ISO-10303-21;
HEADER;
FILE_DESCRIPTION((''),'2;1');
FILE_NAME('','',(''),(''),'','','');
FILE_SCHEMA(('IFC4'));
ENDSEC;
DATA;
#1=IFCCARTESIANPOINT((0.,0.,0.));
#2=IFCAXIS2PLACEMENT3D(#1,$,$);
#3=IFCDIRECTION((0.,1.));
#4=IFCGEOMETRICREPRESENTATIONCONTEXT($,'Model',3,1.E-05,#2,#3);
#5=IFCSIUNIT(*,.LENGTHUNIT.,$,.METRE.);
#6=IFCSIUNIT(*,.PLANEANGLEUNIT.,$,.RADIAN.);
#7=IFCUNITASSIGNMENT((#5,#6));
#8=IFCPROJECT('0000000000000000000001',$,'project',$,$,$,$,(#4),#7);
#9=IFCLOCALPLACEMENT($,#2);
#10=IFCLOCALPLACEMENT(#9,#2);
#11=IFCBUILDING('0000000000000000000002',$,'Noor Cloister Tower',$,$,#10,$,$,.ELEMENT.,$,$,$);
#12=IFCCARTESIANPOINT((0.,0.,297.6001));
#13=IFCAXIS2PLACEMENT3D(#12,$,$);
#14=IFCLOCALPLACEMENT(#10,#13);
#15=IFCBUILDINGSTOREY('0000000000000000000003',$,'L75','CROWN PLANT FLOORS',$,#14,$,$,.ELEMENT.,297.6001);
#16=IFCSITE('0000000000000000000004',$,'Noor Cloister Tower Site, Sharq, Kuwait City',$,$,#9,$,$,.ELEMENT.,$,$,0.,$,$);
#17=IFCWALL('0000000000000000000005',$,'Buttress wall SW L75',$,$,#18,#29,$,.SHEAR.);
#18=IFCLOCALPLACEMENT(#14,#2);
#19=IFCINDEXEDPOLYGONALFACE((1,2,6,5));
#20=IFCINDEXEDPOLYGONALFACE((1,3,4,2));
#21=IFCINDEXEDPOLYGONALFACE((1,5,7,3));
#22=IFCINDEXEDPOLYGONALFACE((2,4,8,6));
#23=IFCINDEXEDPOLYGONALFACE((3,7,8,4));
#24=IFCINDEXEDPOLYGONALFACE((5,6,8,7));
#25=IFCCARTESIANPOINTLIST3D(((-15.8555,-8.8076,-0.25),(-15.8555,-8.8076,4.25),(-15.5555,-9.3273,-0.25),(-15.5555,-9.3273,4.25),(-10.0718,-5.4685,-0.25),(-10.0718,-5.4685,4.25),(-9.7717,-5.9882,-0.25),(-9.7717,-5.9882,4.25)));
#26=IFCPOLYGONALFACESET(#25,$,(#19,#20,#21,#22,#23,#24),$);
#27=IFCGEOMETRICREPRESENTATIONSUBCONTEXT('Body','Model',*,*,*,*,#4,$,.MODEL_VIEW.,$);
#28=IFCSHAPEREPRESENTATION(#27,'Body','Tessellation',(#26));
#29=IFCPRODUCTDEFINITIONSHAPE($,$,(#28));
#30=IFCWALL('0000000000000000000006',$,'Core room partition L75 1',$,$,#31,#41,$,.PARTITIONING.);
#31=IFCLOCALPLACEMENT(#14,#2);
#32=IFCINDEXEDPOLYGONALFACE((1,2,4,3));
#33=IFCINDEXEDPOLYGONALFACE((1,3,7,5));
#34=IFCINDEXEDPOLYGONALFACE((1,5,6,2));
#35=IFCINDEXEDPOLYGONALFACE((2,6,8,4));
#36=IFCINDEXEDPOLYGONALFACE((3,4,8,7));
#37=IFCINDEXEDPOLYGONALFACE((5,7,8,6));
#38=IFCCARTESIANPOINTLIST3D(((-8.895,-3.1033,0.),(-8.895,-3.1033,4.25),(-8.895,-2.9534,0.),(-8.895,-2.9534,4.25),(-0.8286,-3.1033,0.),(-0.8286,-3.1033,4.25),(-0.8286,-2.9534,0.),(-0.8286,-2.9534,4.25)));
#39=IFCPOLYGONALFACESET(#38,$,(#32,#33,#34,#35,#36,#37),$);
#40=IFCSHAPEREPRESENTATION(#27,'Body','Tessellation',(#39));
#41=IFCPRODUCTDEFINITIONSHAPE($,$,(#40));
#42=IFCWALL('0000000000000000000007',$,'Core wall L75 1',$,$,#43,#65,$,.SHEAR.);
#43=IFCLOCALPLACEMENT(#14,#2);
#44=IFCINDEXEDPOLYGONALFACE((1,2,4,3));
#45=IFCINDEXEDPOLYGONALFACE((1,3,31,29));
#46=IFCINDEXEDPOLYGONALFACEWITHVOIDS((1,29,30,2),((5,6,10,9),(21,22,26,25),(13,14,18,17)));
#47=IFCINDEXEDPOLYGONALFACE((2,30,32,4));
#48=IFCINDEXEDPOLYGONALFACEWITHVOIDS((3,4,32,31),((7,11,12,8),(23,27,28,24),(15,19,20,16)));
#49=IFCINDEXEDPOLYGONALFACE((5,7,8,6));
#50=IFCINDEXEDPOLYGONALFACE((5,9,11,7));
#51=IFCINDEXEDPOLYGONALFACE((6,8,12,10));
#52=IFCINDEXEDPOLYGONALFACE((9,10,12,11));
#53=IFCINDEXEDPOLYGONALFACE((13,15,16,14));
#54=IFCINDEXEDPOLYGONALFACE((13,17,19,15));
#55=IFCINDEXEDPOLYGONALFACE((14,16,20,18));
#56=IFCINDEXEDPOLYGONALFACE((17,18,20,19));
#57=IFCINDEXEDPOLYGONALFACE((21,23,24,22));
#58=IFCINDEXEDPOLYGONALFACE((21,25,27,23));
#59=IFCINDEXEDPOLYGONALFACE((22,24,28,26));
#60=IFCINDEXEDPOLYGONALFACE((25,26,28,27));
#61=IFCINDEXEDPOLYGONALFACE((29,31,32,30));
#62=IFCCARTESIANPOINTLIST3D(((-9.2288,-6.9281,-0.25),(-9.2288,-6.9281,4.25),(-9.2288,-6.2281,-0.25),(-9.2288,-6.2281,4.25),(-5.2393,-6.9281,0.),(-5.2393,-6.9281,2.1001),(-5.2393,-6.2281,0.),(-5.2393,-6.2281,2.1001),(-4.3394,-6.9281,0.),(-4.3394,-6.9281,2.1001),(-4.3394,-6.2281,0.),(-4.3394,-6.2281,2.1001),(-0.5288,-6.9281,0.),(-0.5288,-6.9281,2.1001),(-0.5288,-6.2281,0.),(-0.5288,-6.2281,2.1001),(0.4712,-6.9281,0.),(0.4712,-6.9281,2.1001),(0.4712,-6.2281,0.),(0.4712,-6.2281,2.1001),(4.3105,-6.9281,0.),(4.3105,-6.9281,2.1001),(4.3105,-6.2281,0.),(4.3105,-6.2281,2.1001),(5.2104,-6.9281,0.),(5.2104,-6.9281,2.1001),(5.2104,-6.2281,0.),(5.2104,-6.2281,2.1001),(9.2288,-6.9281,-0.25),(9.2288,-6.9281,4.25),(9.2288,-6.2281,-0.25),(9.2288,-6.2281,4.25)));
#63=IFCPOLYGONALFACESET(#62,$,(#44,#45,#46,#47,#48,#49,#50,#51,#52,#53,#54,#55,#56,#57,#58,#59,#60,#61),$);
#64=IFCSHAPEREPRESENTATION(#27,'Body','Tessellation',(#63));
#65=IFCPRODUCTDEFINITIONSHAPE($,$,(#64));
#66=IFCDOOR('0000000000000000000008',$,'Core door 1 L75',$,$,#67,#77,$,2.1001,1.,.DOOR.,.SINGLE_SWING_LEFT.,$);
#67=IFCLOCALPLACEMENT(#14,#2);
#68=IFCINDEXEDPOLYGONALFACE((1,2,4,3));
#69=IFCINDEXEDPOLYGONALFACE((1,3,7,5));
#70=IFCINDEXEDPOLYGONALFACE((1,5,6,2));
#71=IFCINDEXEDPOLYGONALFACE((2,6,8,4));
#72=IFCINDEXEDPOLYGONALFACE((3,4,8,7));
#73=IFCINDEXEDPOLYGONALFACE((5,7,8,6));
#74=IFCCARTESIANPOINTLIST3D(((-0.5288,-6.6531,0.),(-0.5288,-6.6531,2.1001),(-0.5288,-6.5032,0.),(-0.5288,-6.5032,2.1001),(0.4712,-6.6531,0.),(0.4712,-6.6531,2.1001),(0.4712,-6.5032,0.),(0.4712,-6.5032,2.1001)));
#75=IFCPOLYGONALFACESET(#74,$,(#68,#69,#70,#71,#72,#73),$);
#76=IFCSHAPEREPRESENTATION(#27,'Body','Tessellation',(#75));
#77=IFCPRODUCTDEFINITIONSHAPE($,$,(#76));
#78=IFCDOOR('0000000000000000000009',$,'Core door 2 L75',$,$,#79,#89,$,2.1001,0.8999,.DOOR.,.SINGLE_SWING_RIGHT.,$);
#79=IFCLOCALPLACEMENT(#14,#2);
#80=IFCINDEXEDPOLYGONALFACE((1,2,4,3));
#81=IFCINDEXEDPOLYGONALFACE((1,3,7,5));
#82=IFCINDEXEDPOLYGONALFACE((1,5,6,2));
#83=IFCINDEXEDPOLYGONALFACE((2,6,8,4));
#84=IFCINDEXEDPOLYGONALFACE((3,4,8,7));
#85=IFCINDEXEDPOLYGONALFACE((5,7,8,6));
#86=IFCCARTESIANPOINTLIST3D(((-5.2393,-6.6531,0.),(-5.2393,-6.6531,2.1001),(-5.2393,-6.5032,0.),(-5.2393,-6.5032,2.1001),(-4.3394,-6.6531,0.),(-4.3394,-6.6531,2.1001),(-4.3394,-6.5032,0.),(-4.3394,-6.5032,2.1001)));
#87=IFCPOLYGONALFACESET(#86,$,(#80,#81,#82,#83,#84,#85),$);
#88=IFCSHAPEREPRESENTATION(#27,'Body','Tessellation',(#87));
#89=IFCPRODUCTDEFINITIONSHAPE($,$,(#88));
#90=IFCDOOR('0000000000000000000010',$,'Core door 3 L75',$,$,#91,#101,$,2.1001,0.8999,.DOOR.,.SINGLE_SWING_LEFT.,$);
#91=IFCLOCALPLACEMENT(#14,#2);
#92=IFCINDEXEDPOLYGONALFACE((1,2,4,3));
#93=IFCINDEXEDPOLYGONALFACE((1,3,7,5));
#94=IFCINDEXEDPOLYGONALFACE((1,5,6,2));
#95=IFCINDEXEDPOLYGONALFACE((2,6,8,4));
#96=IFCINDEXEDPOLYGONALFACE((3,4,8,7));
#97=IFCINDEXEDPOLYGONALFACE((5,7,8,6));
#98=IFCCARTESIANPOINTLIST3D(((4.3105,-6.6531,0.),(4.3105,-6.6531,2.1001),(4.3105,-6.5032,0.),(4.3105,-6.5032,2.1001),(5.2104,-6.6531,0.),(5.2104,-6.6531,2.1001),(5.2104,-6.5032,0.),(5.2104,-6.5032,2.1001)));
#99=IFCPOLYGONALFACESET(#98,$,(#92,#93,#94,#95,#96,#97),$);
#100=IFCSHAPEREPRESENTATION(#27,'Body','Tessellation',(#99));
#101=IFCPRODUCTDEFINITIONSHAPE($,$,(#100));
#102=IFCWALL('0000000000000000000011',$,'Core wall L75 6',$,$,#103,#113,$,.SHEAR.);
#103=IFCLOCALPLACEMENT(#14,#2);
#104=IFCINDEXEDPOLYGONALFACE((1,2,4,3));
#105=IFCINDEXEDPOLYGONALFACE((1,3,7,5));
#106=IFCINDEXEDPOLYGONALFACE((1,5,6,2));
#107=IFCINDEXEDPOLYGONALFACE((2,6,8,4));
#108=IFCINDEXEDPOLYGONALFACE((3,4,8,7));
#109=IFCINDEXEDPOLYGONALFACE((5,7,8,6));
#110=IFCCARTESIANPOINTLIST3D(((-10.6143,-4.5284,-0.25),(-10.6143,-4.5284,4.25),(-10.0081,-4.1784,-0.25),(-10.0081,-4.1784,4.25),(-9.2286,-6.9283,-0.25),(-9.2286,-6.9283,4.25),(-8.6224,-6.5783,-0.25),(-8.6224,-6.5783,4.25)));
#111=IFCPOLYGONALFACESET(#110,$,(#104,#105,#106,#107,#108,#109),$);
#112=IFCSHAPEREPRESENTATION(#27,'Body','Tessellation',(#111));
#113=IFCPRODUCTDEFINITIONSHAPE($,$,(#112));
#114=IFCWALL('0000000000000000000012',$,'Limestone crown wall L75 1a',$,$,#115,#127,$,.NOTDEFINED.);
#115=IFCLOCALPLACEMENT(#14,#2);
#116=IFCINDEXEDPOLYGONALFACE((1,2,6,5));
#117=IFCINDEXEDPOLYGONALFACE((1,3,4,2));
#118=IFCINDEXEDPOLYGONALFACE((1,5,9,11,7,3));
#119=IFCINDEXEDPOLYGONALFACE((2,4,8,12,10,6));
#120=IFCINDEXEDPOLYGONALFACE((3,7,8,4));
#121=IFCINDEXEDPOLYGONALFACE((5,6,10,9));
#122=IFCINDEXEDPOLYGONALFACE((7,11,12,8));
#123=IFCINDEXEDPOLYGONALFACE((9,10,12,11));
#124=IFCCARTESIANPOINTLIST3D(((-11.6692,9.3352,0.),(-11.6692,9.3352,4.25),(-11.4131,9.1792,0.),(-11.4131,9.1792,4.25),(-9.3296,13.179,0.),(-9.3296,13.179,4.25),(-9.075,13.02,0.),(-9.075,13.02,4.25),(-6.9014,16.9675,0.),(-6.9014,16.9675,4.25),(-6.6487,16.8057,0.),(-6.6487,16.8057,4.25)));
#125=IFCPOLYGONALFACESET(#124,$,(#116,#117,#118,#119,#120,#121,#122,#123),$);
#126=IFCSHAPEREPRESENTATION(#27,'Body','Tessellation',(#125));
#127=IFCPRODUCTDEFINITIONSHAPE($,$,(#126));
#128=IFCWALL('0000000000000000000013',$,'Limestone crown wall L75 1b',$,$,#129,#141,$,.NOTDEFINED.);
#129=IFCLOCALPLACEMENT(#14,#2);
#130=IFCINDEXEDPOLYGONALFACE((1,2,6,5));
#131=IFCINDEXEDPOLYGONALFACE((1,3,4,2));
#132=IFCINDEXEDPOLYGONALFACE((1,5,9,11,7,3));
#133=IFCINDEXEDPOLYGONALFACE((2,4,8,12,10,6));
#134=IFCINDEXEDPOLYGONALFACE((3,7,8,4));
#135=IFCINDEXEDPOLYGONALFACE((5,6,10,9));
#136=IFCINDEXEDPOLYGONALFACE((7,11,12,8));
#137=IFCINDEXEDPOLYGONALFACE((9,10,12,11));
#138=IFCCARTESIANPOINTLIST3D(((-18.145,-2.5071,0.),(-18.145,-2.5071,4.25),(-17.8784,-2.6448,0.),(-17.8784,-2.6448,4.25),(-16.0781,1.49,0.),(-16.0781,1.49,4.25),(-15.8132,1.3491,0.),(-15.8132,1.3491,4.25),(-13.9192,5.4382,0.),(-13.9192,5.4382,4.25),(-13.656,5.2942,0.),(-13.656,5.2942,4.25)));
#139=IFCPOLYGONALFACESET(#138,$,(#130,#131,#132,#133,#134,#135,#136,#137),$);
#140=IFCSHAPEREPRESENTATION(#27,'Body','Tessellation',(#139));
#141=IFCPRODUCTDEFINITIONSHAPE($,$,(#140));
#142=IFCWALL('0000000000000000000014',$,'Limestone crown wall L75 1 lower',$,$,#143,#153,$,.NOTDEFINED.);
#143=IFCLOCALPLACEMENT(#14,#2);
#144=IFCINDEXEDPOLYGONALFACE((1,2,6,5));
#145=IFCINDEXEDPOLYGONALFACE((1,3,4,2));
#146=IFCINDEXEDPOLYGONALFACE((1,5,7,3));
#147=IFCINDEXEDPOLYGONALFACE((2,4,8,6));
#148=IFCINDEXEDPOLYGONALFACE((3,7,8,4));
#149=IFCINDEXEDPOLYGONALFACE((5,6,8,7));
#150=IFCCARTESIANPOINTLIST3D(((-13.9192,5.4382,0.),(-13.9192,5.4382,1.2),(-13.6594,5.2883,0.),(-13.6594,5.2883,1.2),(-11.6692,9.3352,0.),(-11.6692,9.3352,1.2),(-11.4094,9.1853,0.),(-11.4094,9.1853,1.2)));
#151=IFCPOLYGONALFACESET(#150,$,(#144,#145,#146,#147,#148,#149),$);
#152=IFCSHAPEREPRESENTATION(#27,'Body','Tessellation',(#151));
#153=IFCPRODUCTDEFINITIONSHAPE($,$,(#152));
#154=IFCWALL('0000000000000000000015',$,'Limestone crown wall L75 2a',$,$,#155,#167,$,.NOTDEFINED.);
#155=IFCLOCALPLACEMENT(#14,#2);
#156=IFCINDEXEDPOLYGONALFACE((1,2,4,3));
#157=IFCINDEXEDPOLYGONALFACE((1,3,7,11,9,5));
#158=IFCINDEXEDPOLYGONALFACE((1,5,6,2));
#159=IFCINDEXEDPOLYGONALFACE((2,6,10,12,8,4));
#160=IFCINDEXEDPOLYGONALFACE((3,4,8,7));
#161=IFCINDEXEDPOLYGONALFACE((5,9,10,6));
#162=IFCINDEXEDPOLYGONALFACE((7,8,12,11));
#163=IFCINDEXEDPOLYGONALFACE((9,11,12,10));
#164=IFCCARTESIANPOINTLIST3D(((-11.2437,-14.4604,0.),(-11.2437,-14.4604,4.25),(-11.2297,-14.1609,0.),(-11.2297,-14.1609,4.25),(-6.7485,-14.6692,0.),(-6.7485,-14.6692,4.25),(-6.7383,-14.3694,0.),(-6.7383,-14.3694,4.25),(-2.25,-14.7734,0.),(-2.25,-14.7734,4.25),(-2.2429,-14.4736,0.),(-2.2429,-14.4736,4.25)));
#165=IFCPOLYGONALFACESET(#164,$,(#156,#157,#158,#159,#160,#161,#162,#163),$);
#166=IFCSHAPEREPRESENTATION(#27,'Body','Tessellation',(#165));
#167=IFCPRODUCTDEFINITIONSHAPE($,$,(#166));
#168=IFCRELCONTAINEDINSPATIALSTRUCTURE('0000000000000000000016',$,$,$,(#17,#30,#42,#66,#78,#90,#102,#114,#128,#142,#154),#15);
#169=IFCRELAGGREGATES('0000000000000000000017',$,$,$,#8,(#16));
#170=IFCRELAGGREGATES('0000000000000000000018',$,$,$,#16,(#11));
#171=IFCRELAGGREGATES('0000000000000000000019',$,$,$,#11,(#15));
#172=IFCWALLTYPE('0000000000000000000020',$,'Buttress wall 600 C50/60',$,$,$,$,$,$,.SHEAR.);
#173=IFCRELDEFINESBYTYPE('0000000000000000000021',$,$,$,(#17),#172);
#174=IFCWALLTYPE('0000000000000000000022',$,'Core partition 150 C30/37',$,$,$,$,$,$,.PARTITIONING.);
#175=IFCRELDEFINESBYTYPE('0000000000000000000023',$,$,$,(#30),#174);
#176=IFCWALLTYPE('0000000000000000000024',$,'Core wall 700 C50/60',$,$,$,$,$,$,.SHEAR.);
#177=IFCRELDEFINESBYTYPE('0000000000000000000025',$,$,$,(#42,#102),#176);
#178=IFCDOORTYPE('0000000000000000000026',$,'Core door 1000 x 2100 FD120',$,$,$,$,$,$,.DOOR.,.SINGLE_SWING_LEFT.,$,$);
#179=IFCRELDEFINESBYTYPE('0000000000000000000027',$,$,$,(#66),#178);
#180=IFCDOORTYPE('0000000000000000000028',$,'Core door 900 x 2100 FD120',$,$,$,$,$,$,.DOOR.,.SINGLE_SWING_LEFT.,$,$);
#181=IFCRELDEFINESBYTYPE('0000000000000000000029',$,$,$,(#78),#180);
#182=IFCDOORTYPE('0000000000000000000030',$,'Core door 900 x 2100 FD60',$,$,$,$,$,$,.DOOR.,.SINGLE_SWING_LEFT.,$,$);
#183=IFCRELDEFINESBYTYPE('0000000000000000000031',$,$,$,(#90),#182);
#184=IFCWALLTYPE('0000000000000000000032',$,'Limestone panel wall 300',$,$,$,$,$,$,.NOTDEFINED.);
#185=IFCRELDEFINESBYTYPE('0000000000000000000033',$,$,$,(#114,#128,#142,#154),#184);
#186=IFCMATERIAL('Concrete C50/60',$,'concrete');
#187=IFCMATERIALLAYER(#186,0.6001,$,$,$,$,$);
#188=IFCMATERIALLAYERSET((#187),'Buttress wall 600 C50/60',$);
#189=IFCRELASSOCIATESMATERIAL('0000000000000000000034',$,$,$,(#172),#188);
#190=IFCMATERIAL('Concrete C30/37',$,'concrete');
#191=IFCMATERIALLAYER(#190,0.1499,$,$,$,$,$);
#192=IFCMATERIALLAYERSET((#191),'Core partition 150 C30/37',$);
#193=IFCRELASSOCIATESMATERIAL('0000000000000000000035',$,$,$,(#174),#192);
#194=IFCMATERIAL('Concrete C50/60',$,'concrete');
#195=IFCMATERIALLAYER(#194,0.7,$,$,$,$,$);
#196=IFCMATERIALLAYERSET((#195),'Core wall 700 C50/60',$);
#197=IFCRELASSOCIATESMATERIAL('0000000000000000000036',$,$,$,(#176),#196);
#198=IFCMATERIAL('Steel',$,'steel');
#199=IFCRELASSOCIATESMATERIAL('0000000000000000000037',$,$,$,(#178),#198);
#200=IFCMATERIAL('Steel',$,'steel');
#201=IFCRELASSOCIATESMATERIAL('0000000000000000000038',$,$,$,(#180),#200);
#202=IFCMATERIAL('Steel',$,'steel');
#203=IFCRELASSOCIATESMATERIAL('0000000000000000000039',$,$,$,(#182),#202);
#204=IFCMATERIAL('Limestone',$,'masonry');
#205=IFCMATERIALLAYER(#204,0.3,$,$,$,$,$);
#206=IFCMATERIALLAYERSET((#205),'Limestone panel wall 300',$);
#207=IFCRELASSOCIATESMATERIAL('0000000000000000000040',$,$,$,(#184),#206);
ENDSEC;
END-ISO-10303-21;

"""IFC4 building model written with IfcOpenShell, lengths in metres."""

from ifc_helpers import new_model, si_unit, direction, frame, frame_2d, origin, place, context, subcontext, project, spatial, polyline, rectangle, outline, extrude, material, layer, layer_set, type_object, element, fill, save


model = new_model("IFC4")

# Units and contexts
model_context = context("Model", 3, precision=1e-05, world=origin(), true_north=direction((0.0, 1.0)))
body_context = subcontext(model_context, "Body", "Model", "MODEL_VIEW")
ifc_project = project(units=[si_unit("LENGTHUNIT", "METRE"), si_unit("PLANEANGLEUNIT", "RADIAN")], contexts=[model_context])

# Site, building, storey
site_placement = place(None, origin())
site = spatial("IfcSite", under=ifc_project, at=site_placement, Name="Noor Cloister Tower Site, Sharq, Kuwait City", CompositionType="ELEMENT", RefElevation=0.0)
building_placement = place(site_placement, origin())
building = spatial("IfcBuilding", under=site, at=building_placement, Name="Noor Cloister Tower", CompositionType="ELEMENT")
storey_placement = place(building_placement, frame((0.0, 0.0, 297.6001)))
storey = spatial("IfcBuildingStorey", under=building, at=storey_placement, Name="L75", Description="CROWN PLANT FLOORS", CompositionType="ELEMENT", Elevation=297.6001)

# Walls
ifc_material_1 = material(Name="Concrete C50/60", Category="concrete")
ifc_layer_1 = layer(ifc_material_1, 0.6001)
ifc_layer_set_1 = layer_set([ifc_layer_1], Name="Buttress wall 600 C50/60")
wall_type_1 = type_object("IfcWallType", Name="Buttress wall 600 C50/60", PredefinedType="SHEAR", material=ifc_layer_set_1)
wall_1_placement = place(storey_placement, frame((-9.9216, -5.7283, -0.25), z_axis=(0.0, 0.0, 1.0), x_axis=(-0.866032, -0.499988, 0.0)))
element("IfcWall", 1, at=wall_1_placement, inside=storey, type_object=wall_type_1, Name="Buttress wall SW L75", PredefinedType="SHEAR", context=body_context, shape_type="SweptSolid", body=[
    extrude(rectangle(XDim=6.6785, YDim=0.6001, at=frame_2d((3.3394, 0.0))), origin(), (0.0, 0.0, 1.0), 4.5),
])
ifc_material_2 = material(Name="Concrete C30/37", Category="concrete")
ifc_layer_2 = layer(ifc_material_2, 0.1499)
ifc_layer_set_2 = layer_set([ifc_layer_2], Name="Core partition 150 C30/37")
wall_type_2 = type_object("IfcWallType", Name="Core partition 150 C30/37", PredefinedType="PARTITIONING", material=ifc_layer_set_2)
wall_2_placement = place(storey_placement, frame((-8.895, -3.0283, 0.0), z_axis=(0.0, 0.0, 1.0), x_axis=(1.0, 0.0, 0.0)))
element("IfcWall", 2, at=wall_2_placement, inside=storey, type_object=wall_type_2, Name="Core room partition L75 1", PredefinedType="PARTITIONING", context=body_context, shape_type="SweptSolid", body=[
    extrude(rectangle(XDim=8.0664, YDim=0.1499, at=frame_2d((4.0332, 0.0))), origin(), (0.0, 0.0, 1.0), 4.25),
])

# Wall, openings, doors
ifc_material_3 = material(Name="Concrete C50/60", Category="concrete")
ifc_layer_3 = layer(ifc_material_3, 0.7)
ifc_layer_set_3 = layer_set([ifc_layer_3], Name="Core wall 700 C50/60")
wall_type_3 = type_object("IfcWallType", Name="Core wall 700 C50/60", PredefinedType="SHEAR", material=ifc_layer_set_3)
wall_3_placement = place(storey_placement, frame((-9.2288, -6.5781, -0.25), z_axis=(0.0, 0.0, 1.0), x_axis=(1.0, 0.0, 0.0)))
wall_3 = element("IfcWall", 3, at=wall_3_placement, inside=storey, type_object=wall_type_3, Name="Core wall L75 1", PredefinedType="SHEAR", context=body_context, shape_type="SweptSolid", body=[
    extrude(rectangle(XDim=18.4575, YDim=0.7, at=frame_2d((9.2288, 0.0))), origin(), (0.0, 0.0, 1.0), 4.5),
])
opening_1_placement = place(wall_3_placement, frame((8.7, 0.0, 0.25)))
opening_1 = element("IfcOpeningElement", 4, at=opening_1_placement, cuts=wall_3, PredefinedType="OPENING", context=body_context, shape_type="SweptSolid", body=[
    extrude(rectangle(XDim=1.0, YDim=2.1001, at=frame_2d((0.5, 1.05))), frame((0.0, 0.3599, 0.0), z_axis=(0.0, -1.0, 0.0), x_axis=(1.0, 0.0, 0.0)), (0.0, 0.0, 1.0), 0.72),
])
opening_2_placement = place(wall_3_placement, frame((3.9895, 0.0, 0.25)))
opening_2 = element("IfcOpeningElement", 5, at=opening_2_placement, cuts=wall_3, PredefinedType="OPENING", context=body_context, shape_type="SweptSolid", body=[
    extrude(rectangle(XDim=0.8999, YDim=2.1001, at=frame_2d((0.45, 1.05))), frame((0.0, 0.3599, 0.0), z_axis=(0.0, -1.0, 0.0), x_axis=(1.0, 0.0, 0.0)), (0.0, 0.0, 1.0), 0.72),
])
opening_3_placement = place(wall_3_placement, frame((13.5393, 0.0, 0.25)))
opening_3 = element("IfcOpeningElement", 6, at=opening_3_placement, cuts=wall_3, PredefinedType="OPENING", context=body_context, shape_type="SweptSolid", body=[
    extrude(rectangle(XDim=0.8999, YDim=2.1001, at=frame_2d((0.45, 1.05))), frame((0.0, 0.3599, 0.0), z_axis=(0.0, -1.0, 0.0), x_axis=(1.0, 0.0, 0.0)), (0.0, 0.0, 1.0), 0.72),
])
ifc_material_4 = material(Name="Steel", Category="steel")
door_type_1 = type_object("IfcDoorType", Name="Core door 1000 x 2100 FD120", OperationType="SINGLE_SWING_LEFT", PredefinedType="DOOR", material=ifc_material_4)
door_1_placement = place(opening_1_placement, origin())
door_1 = element("IfcDoor", 7, at=door_1_placement, inside=storey, type_object=door_type_1, Name="Core door 1 L75", OperationType="SINGLE_SWING_LEFT", OverallHeight=2.1001, OverallWidth=1.0, PredefinedType="DOOR", context=body_context, shape_type="SweptSolid", body=[
    extrude(rectangle(XDim=1.0, YDim=2.1001, at=frame_2d((0.5, 1.05))), frame((0.0, 0.075, 0.0), z_axis=(0.0, -1.0, 0.0), x_axis=(1.0, 0.0, 0.0)), (0.0, 0.0, 1.0), 0.1499),
])
fill(opening_1, door_1)
ifc_material_5 = material(Name="Steel", Category="steel")
door_type_2 = type_object("IfcDoorType", Name="Core door 900 x 2100 FD120", OperationType="SINGLE_SWING_LEFT", PredefinedType="DOOR", material=ifc_material_5)
door_2_placement = place(opening_2_placement, origin())
door_2 = element("IfcDoor", 8, at=door_2_placement, inside=storey, type_object=door_type_2, Name="Core door 2 L75", OperationType="SINGLE_SWING_RIGHT", OverallHeight=2.1001, OverallWidth=0.8999, PredefinedType="DOOR", context=body_context, shape_type="SweptSolid", body=[
    extrude(rectangle(XDim=0.8999, YDim=2.1001, at=frame_2d((0.45, 1.05))), frame((0.0, 0.075, 0.0), z_axis=(0.0, -1.0, 0.0), x_axis=(1.0, 0.0, 0.0)), (0.0, 0.0, 1.0), 0.1499),
])
fill(opening_2, door_2)
ifc_material_6 = material(Name="Steel", Category="steel")
door_type_3 = type_object("IfcDoorType", Name="Core door 900 x 2100 FD60", OperationType="SINGLE_SWING_LEFT", PredefinedType="DOOR", material=ifc_material_6)
door_3_placement = place(opening_3_placement, origin())
door_3 = element("IfcDoor", 9, at=door_3_placement, inside=storey, type_object=door_type_3, Name="Core door 3 L75", OperationType="SINGLE_SWING_LEFT", OverallHeight=2.1001, OverallWidth=0.8999, PredefinedType="DOOR", context=body_context, shape_type="SweptSolid", body=[
    extrude(rectangle(XDim=0.8999, YDim=2.1001, at=frame_2d((0.45, 1.05))), frame((0.0, 0.075, 0.0), z_axis=(0.0, -1.0, 0.0), x_axis=(1.0, 0.0, 0.0)), (0.0, 0.0, 1.0), 0.1499),
])
fill(opening_3, door_3)

# Walls
wall_4_placement = place(storey_placement, frame((-10.3113, -4.3533, -0.25), z_axis=(0.0, 0.0, 1.0), x_axis=(0.500043, -0.866001, 0.0)))
element("IfcWall", 10, at=wall_4_placement, inside=storey, type_object=wall_type_3, Name="Core wall L75 6", PredefinedType="SHEAR", context=body_context, shape_type="SweptSolid", body=[
    extrude(rectangle(XDim=2.7712, YDim=0.7, at=frame_2d((1.3857, 0.0))), origin(), (0.0, 0.0, 1.0), 4.5),
])
ifc_material_7 = material(Name="Limestone", Category="masonry")
ifc_layer_4 = layer(ifc_material_7, 0.3)
ifc_layer_set_4 = layer_set([ifc_layer_4], Name="Limestone panel wall 300")
wall_type_4 = type_object("IfcWallType", Name="Limestone panel wall 300", PredefinedType="NOTDEFINED", material=ifc_layer_set_4)
wall_5_placement = place(storey_placement, origin())
element("IfcWall", 11, at=wall_5_placement, inside=storey, type_object=wall_type_4, Name="Limestone crown wall L75 1a", PredefinedType="NOTDEFINED", context=body_context, shape_type="SweptSolid", body=[
    extrude(outline(polyline([(-6.9014, 16.9675), (-9.3296, 13.179), (-11.6692, 9.3352), (-11.4131, 9.1792), (-9.075, 13.02), (-6.6487, 16.8057), (-6.9014, 16.9675)])), origin(), (0.0, 0.0, 1.0), 4.25),
])
wall_6_placement = place(storey_placement, origin())
element("IfcWall", 12, at=wall_6_placement, inside=storey, type_object=wall_type_4, Name="Limestone crown wall L75 1b", PredefinedType="NOTDEFINED", context=body_context, shape_type="SweptSolid", body=[
    extrude(outline(polyline([(-13.9192, 5.4382), (-16.0781, 1.49), (-18.145, -2.5071), (-17.8784, -2.6448), (-15.8132, 1.3491), (-13.656, 5.2942), (-13.9192, 5.4382)])), origin(), (0.0, 0.0, 1.0), 4.25),
])
wall_7_placement = place(storey_placement, origin())
element("IfcWall", 13, at=wall_7_placement, inside=storey, type_object=wall_type_4, Name="Limestone crown wall L75 1 lower", PredefinedType="NOTDEFINED", context=body_context, shape_type="SweptSolid", body=[
    extrude(outline(polyline([(-11.6692, 9.3352), (-13.9192, 5.4382), (-13.6594, 5.2883), (-11.4094, 9.1853), (-11.6692, 9.3352)])), origin(), (0.0, 0.0, 1.0), 1.2),
])
wall_8_placement = place(storey_placement, origin())
element("IfcWall", 14, at=wall_8_placement, inside=storey, type_object=wall_type_4, Name="Limestone crown wall L75 2a", PredefinedType="NOTDEFINED", context=body_context, shape_type="SweptSolid", body=[
    extrude(outline(polyline([(-11.2437, -14.4604), (-6.7485, -14.6692), (-2.25, -14.7734), (-2.2429, -14.4736), (-6.7383, -14.3694), (-11.2297, -14.1609), (-11.2437, -14.4604)])), origin(), (0.0, 0.0, 1.0), 4.25),
])

save(model, "model.ifc")
